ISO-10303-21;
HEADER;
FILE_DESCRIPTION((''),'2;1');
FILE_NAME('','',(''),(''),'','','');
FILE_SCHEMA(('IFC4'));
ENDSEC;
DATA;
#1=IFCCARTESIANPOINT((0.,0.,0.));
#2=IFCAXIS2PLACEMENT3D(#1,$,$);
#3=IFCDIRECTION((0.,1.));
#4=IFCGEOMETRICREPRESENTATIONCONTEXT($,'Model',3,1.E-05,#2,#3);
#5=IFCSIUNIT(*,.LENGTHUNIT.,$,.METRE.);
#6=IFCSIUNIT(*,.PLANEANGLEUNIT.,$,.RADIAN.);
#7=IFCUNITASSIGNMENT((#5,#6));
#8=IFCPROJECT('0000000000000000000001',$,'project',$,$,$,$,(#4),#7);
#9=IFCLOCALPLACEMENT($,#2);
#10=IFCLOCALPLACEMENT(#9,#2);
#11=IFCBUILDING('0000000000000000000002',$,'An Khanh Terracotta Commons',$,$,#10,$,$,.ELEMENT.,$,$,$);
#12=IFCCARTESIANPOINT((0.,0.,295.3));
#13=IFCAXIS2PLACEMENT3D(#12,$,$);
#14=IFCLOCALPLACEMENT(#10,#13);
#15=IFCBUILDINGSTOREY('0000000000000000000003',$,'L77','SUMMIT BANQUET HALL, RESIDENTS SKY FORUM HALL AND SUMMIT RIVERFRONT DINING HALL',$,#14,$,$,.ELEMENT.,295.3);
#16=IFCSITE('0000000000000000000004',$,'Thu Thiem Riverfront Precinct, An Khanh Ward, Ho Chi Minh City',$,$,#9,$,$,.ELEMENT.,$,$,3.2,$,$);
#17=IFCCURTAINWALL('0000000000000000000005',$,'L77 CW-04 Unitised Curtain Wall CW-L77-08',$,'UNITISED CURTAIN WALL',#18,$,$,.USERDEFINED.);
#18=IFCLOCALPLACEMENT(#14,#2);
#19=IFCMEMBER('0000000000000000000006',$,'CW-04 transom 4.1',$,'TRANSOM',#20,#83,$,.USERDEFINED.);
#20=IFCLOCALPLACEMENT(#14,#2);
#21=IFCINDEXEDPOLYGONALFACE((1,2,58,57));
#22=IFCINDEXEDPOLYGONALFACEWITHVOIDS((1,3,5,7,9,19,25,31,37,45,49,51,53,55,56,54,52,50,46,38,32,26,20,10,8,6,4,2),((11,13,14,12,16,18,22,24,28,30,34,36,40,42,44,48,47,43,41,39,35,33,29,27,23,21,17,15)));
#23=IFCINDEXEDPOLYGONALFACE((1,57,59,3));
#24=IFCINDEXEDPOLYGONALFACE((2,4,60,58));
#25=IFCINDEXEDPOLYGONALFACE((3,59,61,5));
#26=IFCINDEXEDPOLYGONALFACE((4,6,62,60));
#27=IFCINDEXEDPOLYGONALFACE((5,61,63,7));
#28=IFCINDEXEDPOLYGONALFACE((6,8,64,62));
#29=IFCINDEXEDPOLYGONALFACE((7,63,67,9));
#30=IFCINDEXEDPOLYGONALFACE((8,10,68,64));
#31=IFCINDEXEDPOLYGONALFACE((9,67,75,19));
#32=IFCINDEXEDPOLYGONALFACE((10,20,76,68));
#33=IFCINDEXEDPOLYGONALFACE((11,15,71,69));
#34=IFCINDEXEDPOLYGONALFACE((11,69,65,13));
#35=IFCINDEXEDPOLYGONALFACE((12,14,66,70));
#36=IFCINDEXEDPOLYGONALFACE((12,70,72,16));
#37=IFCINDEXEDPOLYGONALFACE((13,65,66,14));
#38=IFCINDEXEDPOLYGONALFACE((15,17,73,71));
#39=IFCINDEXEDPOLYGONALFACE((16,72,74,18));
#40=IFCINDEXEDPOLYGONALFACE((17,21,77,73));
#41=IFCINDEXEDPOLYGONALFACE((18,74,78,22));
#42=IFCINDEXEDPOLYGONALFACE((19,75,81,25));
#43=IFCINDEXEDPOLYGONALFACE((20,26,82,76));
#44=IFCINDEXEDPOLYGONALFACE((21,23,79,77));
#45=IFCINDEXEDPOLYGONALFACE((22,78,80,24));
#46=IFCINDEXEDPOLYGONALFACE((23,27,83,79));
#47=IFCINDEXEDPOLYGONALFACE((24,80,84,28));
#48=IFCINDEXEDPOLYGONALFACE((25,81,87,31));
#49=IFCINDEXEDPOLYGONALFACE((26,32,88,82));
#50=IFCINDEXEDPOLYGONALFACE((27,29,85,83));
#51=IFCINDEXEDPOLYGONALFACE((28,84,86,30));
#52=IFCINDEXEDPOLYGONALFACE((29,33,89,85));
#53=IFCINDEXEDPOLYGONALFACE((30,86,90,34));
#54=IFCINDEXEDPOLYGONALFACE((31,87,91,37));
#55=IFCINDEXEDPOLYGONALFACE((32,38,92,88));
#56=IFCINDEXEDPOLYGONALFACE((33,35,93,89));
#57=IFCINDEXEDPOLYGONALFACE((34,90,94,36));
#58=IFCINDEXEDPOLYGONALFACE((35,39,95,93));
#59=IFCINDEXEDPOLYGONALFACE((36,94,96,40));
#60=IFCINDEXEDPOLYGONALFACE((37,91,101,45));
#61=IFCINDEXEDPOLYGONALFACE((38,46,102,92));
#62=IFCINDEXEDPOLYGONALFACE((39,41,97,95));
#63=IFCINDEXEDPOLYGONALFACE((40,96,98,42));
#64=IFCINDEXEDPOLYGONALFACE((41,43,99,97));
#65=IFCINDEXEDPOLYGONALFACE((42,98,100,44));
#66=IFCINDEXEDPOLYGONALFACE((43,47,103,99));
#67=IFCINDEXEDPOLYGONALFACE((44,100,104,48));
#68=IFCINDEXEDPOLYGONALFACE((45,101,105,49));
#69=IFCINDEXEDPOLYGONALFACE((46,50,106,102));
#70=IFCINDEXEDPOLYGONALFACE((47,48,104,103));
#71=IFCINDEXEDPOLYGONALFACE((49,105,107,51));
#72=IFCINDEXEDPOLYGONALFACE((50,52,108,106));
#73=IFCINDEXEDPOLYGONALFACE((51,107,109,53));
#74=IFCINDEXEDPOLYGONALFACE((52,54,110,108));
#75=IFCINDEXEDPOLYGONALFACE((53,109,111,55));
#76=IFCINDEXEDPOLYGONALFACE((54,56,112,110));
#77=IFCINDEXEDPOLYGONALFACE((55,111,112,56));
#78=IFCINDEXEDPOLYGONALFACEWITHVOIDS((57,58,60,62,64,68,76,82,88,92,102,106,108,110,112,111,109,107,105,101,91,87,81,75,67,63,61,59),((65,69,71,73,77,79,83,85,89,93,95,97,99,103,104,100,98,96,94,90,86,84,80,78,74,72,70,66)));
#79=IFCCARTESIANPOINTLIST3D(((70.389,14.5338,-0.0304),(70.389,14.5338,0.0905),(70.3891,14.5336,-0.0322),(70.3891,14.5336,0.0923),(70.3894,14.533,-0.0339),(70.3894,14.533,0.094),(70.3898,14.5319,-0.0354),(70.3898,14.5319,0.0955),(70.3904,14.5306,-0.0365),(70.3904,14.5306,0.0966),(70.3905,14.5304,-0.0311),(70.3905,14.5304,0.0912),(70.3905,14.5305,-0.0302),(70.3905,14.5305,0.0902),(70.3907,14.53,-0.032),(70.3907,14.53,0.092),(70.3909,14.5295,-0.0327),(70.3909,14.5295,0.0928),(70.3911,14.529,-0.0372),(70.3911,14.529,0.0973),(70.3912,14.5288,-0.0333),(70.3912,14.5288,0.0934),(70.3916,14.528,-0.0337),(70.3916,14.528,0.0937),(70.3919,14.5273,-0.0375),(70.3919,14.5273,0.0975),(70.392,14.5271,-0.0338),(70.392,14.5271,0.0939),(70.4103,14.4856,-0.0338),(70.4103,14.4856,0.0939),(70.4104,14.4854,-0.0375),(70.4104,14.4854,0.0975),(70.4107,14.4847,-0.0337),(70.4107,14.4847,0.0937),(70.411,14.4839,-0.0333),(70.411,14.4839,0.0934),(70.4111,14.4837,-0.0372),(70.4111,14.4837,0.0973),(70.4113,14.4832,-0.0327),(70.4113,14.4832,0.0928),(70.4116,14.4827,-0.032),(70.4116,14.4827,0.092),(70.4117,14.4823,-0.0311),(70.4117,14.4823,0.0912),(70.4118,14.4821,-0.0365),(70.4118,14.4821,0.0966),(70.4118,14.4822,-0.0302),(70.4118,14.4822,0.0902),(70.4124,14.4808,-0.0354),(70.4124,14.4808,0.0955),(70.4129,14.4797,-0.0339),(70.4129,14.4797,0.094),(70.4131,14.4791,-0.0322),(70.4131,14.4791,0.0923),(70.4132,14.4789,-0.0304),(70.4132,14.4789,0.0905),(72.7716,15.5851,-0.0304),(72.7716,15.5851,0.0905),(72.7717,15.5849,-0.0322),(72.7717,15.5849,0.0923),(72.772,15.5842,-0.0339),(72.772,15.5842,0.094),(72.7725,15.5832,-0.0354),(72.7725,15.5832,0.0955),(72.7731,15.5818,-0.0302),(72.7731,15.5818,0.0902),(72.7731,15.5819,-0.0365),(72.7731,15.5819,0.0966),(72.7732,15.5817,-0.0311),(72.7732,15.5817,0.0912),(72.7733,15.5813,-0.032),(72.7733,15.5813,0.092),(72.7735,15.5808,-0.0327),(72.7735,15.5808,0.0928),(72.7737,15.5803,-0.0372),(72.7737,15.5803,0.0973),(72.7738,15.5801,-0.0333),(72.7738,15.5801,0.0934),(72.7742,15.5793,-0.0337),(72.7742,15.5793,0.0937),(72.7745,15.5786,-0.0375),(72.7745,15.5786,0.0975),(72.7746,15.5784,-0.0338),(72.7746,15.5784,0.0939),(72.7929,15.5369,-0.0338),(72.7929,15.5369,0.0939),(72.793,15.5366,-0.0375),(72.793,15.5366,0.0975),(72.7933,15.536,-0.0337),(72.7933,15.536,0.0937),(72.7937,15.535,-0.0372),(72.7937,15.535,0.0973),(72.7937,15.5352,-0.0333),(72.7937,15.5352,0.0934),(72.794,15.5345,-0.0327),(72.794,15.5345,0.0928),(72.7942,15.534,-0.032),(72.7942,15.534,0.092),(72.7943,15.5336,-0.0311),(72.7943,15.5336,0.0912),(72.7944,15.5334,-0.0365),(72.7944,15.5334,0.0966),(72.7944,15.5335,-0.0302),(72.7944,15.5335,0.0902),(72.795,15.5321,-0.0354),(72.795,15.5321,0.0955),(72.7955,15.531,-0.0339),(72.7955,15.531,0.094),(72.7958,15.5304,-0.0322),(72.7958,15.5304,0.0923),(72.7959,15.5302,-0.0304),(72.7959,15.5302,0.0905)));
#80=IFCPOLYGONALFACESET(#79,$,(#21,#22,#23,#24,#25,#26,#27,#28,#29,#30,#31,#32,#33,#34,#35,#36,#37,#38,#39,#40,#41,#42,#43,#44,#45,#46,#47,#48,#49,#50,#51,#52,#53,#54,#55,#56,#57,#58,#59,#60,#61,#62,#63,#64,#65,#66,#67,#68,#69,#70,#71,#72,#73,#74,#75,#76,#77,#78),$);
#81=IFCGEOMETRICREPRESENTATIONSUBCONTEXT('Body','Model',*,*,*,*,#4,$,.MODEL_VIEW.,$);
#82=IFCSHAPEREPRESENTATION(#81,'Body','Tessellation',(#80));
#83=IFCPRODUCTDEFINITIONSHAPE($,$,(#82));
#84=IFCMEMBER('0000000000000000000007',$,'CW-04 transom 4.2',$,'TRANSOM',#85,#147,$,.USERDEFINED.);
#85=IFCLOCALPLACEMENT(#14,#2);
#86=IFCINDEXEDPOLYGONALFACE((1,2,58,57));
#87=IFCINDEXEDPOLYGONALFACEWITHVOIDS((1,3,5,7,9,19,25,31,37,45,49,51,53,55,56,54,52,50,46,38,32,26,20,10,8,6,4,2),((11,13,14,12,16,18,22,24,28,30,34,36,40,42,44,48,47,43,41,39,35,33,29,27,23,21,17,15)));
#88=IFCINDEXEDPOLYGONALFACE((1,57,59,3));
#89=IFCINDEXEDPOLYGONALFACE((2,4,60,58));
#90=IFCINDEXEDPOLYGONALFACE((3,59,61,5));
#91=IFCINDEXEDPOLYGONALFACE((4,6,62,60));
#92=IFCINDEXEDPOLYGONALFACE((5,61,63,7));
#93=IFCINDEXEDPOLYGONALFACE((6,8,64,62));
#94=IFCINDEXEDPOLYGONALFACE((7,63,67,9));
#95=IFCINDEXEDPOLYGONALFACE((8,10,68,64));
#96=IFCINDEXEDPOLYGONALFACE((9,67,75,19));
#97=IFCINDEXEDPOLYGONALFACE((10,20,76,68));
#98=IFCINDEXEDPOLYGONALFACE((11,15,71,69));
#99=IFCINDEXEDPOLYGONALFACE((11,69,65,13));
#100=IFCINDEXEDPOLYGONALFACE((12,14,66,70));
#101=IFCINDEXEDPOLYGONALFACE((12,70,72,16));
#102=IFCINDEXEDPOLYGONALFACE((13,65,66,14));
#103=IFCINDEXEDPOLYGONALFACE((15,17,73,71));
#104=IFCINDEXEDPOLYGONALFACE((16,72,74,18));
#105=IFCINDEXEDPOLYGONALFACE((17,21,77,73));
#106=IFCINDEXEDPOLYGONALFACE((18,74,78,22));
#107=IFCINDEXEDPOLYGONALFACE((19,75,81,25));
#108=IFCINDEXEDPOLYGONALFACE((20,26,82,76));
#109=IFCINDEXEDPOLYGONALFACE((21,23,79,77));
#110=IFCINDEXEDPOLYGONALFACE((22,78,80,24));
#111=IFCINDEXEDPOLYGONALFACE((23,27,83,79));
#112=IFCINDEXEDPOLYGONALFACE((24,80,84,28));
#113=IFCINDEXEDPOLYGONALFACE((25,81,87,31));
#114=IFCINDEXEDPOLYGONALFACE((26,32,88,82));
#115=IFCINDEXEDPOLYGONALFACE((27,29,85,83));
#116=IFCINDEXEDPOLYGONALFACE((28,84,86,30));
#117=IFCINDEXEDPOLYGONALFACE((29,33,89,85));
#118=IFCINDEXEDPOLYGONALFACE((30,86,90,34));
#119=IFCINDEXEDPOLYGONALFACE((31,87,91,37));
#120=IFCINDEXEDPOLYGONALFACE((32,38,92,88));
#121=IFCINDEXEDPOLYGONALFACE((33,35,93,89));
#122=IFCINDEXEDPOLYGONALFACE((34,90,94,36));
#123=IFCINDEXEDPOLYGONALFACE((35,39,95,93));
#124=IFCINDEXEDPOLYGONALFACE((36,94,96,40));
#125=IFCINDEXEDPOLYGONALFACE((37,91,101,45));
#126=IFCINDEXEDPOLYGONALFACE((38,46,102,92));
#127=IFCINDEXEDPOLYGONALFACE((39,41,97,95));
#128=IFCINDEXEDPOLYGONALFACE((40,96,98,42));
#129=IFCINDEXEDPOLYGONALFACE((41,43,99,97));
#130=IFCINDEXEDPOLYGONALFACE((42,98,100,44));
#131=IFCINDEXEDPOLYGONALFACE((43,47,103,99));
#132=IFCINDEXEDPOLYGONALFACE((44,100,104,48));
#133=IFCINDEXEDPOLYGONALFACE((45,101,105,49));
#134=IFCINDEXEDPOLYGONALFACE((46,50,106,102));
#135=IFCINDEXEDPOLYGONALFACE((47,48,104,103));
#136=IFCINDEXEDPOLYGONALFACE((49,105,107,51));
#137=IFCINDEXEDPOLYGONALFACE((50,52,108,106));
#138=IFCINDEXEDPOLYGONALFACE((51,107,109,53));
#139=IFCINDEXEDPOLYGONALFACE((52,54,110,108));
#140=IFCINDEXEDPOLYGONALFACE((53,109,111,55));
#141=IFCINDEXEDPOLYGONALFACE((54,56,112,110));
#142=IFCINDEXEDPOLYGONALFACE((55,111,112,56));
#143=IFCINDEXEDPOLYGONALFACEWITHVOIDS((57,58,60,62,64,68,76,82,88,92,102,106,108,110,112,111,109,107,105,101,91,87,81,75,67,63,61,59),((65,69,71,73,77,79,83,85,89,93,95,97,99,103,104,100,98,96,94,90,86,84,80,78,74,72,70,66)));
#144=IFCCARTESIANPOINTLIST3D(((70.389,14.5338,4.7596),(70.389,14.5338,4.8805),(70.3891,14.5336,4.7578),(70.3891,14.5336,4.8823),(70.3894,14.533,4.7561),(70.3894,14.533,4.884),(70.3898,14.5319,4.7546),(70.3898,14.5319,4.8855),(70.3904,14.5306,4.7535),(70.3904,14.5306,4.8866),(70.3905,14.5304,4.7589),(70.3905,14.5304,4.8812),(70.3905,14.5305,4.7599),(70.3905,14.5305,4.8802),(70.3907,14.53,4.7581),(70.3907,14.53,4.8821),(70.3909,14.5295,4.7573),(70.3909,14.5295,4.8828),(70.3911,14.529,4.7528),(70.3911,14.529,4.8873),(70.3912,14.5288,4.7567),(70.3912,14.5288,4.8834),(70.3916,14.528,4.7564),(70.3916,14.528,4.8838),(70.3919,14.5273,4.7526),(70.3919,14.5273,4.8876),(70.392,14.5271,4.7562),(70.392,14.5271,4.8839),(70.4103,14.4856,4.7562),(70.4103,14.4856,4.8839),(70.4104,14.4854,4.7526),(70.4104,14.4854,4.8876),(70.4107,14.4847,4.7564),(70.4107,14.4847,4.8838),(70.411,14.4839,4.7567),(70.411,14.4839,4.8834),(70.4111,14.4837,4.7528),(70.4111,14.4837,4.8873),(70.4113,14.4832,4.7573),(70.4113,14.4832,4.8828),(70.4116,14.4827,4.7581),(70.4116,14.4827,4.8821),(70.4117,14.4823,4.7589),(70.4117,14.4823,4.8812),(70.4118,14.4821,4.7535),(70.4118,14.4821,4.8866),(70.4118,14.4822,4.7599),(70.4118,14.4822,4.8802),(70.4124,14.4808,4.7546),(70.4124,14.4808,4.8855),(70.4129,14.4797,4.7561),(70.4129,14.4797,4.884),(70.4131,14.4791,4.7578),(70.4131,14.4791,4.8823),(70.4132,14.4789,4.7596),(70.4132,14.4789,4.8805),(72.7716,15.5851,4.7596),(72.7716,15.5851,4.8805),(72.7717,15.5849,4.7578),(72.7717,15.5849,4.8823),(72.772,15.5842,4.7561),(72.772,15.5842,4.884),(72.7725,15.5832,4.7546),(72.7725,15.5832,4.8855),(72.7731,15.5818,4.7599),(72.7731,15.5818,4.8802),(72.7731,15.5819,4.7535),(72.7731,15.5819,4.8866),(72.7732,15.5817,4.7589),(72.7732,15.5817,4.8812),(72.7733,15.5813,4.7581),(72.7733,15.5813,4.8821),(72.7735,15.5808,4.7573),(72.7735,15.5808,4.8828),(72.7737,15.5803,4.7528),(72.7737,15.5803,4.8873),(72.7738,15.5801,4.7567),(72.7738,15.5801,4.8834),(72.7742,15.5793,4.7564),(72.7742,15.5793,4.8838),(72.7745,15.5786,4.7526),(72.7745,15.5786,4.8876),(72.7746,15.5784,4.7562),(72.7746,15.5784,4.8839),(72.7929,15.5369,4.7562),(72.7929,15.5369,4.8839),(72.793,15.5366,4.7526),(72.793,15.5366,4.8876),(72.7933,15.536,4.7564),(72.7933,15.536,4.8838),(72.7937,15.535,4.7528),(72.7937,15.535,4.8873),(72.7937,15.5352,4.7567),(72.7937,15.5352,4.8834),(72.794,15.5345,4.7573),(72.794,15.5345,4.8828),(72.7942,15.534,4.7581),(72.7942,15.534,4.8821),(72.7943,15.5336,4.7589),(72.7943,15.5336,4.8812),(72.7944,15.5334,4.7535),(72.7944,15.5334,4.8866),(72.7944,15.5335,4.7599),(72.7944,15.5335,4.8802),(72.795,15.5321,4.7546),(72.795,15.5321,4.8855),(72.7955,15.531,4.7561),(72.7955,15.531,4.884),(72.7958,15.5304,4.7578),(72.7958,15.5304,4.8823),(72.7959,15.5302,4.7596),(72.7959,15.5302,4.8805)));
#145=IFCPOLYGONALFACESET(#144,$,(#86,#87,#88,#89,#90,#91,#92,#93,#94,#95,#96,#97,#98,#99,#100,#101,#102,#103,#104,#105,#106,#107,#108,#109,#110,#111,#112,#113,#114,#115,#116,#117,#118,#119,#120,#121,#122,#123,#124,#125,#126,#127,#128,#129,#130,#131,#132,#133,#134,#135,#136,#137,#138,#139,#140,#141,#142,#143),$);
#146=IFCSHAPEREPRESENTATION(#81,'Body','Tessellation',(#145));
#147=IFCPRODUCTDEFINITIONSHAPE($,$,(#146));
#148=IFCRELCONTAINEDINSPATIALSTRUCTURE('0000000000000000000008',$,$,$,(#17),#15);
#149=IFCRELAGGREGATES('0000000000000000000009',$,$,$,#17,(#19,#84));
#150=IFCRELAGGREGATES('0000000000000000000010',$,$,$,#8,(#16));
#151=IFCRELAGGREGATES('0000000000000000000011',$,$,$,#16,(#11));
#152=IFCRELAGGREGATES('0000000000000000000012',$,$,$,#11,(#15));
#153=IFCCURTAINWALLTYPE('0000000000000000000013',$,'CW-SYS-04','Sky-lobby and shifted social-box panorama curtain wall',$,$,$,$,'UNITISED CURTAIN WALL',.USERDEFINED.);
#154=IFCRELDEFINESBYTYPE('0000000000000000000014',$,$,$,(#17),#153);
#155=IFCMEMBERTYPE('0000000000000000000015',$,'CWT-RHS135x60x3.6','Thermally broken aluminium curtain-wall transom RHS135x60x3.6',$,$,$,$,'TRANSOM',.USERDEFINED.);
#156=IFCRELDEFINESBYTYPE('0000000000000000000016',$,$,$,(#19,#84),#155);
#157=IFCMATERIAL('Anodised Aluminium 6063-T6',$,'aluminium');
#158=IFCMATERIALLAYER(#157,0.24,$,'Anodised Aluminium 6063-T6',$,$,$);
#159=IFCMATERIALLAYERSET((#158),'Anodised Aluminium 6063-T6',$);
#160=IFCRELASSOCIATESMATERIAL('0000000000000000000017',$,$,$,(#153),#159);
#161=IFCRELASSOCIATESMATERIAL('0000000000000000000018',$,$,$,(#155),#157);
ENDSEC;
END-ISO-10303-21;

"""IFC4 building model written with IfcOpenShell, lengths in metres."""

from ifc_helpers import new_model, si_unit, direction, frame, origin, origin_2d, place, context, subcontext, project, spatial, hollow_rectangle, extrude, material, layer, layer_set, material_profile, profile_set, type_object, element, aggregate, save


model = new_model("IFC4")

# Units and contexts
model_context = context("Model", 3, precision=1e-05, world=origin(), true_north=direction((0.0, 1.0)))
body_context = subcontext(model_context, "Body", "Model", "MODEL_VIEW")
ifc_project = project(units=[si_unit("LENGTHUNIT", "METRE"), si_unit("PLANEANGLEUNIT", "RADIAN")], contexts=[model_context])

# Site, building, storey
site_placement = place(None, origin())
site = spatial("IfcSite", under=ifc_project, at=site_placement, Name="Thu Thiem Riverfront Precinct, An Khanh Ward, Ho Chi Minh City", CompositionType="ELEMENT", RefElevation=3.2)
building_placement = place(site_placement, origin())
building = spatial("IfcBuilding", under=site, at=building_placement, Name="An Khanh Terracotta Commons", CompositionType="ELEMENT")
storey_placement = place(building_placement, frame((0.0, 0.0, 295.3)))
storey = spatial("IfcBuildingStorey", under=building, at=storey_placement, Name="L77", Description="SUMMIT BANQUET HALL, RESIDENTS SKY FORUM HALL AND SUMMIT RIVERFRONT DINING HALL", CompositionType="ELEMENT", Elevation=295.3)

# Curtain wall
ifc_material_1 = material(Name="Anodised Aluminium 6063-T6", Category="aluminium")
ifc_layer_1 = layer(ifc_material_1, 0.24, Name="Anodised Aluminium 6063-T6")
ifc_layer_set_1 = layer_set([ifc_layer_1], Name="Anodised Aluminium 6063-T6")
curtain_wall_type = type_object("IfcCurtainWallType", Name="CW-SYS-04", Description="Sky-lobby and shifted social-box panorama curtain wall", ElementType="UNITISED CURTAIN WALL", PredefinedType="USERDEFINED", material=ifc_layer_set_1)
curtain_wall_1_placement = place(storey_placement, origin())
curtain_wall_1 = element("IfcCurtainWall", 1, at=curtain_wall_1_placement, inside=storey, type_object=curtain_wall_type, Name="L77 CW-04 Unitised Curtain Wall CW-L77-08", ObjectType="UNITISED CURTAIN WALL", PredefinedType="USERDEFINED")

# Members
ifc_material_profile_1 = material_profile(ifc_material_1, hollow_rectangle(XDim=0.0601, YDim=0.135, WallThickness=0.0037, InnerFilletRadius=0.0037, OuterFilletRadius=0.0071, at=origin_2d()), Name="RHS135x60x3.6")
ifc_profile_set_1 = profile_set([ifc_material_profile_1], Name="Anodised Aluminium 6063-T6")
member_type_1 = type_object("IfcMemberType", Name="CWT-RHS135x60x3.6", Description="Thermally broken aluminium curtain-wall transom RHS135x60x3.6", ElementType="TRANSOM", PredefinedType="USERDEFINED", material=ifc_profile_set_1)
member_1_placement = place(storey_placement, frame((70.4011, 14.5063, 0.03), z_axis=(0.914898, 0.403684, 0.0), x_axis=(-0.403684, 0.914898, 0.0)))
member_1 = element("IfcMember", 2, at=member_1_placement, type_object=member_type_1, Name="CW-04 transom 4.1", ObjectType="TRANSOM", PredefinedType="USERDEFINED", context=body_context, shape_type="SweptSolid", body=[
    extrude(hollow_rectangle(XDim=0.0601, YDim=0.135, WallThickness=0.0037, InnerFilletRadius=0.0037, OuterFilletRadius=0.0071, at=origin_2d()), origin(), (0.0, 0.0, 1.0), 2.6042),
])
member_2_placement = place(storey_placement, frame((70.4011, 14.5063, 4.8201), z_axis=(0.914898, 0.403684, 0.0), x_axis=(-0.403684, 0.914898, 0.0)))
member_2 = element("IfcMember", 3, at=member_2_placement, type_object=member_type_1, Name="CW-04 transom 4.2", ObjectType="TRANSOM", PredefinedType="USERDEFINED", context=body_context, shape_type="SweptSolid", body=[
    extrude(hollow_rectangle(XDim=0.0601, YDim=0.135, WallThickness=0.0037, InnerFilletRadius=0.0037, OuterFilletRadius=0.0071, at=origin_2d()), origin(), (0.0, 0.0, 1.0), 2.6042),
])

aggregate(curtain_wall_1, [member_1, member_2])

save(model, "model.ifc")
